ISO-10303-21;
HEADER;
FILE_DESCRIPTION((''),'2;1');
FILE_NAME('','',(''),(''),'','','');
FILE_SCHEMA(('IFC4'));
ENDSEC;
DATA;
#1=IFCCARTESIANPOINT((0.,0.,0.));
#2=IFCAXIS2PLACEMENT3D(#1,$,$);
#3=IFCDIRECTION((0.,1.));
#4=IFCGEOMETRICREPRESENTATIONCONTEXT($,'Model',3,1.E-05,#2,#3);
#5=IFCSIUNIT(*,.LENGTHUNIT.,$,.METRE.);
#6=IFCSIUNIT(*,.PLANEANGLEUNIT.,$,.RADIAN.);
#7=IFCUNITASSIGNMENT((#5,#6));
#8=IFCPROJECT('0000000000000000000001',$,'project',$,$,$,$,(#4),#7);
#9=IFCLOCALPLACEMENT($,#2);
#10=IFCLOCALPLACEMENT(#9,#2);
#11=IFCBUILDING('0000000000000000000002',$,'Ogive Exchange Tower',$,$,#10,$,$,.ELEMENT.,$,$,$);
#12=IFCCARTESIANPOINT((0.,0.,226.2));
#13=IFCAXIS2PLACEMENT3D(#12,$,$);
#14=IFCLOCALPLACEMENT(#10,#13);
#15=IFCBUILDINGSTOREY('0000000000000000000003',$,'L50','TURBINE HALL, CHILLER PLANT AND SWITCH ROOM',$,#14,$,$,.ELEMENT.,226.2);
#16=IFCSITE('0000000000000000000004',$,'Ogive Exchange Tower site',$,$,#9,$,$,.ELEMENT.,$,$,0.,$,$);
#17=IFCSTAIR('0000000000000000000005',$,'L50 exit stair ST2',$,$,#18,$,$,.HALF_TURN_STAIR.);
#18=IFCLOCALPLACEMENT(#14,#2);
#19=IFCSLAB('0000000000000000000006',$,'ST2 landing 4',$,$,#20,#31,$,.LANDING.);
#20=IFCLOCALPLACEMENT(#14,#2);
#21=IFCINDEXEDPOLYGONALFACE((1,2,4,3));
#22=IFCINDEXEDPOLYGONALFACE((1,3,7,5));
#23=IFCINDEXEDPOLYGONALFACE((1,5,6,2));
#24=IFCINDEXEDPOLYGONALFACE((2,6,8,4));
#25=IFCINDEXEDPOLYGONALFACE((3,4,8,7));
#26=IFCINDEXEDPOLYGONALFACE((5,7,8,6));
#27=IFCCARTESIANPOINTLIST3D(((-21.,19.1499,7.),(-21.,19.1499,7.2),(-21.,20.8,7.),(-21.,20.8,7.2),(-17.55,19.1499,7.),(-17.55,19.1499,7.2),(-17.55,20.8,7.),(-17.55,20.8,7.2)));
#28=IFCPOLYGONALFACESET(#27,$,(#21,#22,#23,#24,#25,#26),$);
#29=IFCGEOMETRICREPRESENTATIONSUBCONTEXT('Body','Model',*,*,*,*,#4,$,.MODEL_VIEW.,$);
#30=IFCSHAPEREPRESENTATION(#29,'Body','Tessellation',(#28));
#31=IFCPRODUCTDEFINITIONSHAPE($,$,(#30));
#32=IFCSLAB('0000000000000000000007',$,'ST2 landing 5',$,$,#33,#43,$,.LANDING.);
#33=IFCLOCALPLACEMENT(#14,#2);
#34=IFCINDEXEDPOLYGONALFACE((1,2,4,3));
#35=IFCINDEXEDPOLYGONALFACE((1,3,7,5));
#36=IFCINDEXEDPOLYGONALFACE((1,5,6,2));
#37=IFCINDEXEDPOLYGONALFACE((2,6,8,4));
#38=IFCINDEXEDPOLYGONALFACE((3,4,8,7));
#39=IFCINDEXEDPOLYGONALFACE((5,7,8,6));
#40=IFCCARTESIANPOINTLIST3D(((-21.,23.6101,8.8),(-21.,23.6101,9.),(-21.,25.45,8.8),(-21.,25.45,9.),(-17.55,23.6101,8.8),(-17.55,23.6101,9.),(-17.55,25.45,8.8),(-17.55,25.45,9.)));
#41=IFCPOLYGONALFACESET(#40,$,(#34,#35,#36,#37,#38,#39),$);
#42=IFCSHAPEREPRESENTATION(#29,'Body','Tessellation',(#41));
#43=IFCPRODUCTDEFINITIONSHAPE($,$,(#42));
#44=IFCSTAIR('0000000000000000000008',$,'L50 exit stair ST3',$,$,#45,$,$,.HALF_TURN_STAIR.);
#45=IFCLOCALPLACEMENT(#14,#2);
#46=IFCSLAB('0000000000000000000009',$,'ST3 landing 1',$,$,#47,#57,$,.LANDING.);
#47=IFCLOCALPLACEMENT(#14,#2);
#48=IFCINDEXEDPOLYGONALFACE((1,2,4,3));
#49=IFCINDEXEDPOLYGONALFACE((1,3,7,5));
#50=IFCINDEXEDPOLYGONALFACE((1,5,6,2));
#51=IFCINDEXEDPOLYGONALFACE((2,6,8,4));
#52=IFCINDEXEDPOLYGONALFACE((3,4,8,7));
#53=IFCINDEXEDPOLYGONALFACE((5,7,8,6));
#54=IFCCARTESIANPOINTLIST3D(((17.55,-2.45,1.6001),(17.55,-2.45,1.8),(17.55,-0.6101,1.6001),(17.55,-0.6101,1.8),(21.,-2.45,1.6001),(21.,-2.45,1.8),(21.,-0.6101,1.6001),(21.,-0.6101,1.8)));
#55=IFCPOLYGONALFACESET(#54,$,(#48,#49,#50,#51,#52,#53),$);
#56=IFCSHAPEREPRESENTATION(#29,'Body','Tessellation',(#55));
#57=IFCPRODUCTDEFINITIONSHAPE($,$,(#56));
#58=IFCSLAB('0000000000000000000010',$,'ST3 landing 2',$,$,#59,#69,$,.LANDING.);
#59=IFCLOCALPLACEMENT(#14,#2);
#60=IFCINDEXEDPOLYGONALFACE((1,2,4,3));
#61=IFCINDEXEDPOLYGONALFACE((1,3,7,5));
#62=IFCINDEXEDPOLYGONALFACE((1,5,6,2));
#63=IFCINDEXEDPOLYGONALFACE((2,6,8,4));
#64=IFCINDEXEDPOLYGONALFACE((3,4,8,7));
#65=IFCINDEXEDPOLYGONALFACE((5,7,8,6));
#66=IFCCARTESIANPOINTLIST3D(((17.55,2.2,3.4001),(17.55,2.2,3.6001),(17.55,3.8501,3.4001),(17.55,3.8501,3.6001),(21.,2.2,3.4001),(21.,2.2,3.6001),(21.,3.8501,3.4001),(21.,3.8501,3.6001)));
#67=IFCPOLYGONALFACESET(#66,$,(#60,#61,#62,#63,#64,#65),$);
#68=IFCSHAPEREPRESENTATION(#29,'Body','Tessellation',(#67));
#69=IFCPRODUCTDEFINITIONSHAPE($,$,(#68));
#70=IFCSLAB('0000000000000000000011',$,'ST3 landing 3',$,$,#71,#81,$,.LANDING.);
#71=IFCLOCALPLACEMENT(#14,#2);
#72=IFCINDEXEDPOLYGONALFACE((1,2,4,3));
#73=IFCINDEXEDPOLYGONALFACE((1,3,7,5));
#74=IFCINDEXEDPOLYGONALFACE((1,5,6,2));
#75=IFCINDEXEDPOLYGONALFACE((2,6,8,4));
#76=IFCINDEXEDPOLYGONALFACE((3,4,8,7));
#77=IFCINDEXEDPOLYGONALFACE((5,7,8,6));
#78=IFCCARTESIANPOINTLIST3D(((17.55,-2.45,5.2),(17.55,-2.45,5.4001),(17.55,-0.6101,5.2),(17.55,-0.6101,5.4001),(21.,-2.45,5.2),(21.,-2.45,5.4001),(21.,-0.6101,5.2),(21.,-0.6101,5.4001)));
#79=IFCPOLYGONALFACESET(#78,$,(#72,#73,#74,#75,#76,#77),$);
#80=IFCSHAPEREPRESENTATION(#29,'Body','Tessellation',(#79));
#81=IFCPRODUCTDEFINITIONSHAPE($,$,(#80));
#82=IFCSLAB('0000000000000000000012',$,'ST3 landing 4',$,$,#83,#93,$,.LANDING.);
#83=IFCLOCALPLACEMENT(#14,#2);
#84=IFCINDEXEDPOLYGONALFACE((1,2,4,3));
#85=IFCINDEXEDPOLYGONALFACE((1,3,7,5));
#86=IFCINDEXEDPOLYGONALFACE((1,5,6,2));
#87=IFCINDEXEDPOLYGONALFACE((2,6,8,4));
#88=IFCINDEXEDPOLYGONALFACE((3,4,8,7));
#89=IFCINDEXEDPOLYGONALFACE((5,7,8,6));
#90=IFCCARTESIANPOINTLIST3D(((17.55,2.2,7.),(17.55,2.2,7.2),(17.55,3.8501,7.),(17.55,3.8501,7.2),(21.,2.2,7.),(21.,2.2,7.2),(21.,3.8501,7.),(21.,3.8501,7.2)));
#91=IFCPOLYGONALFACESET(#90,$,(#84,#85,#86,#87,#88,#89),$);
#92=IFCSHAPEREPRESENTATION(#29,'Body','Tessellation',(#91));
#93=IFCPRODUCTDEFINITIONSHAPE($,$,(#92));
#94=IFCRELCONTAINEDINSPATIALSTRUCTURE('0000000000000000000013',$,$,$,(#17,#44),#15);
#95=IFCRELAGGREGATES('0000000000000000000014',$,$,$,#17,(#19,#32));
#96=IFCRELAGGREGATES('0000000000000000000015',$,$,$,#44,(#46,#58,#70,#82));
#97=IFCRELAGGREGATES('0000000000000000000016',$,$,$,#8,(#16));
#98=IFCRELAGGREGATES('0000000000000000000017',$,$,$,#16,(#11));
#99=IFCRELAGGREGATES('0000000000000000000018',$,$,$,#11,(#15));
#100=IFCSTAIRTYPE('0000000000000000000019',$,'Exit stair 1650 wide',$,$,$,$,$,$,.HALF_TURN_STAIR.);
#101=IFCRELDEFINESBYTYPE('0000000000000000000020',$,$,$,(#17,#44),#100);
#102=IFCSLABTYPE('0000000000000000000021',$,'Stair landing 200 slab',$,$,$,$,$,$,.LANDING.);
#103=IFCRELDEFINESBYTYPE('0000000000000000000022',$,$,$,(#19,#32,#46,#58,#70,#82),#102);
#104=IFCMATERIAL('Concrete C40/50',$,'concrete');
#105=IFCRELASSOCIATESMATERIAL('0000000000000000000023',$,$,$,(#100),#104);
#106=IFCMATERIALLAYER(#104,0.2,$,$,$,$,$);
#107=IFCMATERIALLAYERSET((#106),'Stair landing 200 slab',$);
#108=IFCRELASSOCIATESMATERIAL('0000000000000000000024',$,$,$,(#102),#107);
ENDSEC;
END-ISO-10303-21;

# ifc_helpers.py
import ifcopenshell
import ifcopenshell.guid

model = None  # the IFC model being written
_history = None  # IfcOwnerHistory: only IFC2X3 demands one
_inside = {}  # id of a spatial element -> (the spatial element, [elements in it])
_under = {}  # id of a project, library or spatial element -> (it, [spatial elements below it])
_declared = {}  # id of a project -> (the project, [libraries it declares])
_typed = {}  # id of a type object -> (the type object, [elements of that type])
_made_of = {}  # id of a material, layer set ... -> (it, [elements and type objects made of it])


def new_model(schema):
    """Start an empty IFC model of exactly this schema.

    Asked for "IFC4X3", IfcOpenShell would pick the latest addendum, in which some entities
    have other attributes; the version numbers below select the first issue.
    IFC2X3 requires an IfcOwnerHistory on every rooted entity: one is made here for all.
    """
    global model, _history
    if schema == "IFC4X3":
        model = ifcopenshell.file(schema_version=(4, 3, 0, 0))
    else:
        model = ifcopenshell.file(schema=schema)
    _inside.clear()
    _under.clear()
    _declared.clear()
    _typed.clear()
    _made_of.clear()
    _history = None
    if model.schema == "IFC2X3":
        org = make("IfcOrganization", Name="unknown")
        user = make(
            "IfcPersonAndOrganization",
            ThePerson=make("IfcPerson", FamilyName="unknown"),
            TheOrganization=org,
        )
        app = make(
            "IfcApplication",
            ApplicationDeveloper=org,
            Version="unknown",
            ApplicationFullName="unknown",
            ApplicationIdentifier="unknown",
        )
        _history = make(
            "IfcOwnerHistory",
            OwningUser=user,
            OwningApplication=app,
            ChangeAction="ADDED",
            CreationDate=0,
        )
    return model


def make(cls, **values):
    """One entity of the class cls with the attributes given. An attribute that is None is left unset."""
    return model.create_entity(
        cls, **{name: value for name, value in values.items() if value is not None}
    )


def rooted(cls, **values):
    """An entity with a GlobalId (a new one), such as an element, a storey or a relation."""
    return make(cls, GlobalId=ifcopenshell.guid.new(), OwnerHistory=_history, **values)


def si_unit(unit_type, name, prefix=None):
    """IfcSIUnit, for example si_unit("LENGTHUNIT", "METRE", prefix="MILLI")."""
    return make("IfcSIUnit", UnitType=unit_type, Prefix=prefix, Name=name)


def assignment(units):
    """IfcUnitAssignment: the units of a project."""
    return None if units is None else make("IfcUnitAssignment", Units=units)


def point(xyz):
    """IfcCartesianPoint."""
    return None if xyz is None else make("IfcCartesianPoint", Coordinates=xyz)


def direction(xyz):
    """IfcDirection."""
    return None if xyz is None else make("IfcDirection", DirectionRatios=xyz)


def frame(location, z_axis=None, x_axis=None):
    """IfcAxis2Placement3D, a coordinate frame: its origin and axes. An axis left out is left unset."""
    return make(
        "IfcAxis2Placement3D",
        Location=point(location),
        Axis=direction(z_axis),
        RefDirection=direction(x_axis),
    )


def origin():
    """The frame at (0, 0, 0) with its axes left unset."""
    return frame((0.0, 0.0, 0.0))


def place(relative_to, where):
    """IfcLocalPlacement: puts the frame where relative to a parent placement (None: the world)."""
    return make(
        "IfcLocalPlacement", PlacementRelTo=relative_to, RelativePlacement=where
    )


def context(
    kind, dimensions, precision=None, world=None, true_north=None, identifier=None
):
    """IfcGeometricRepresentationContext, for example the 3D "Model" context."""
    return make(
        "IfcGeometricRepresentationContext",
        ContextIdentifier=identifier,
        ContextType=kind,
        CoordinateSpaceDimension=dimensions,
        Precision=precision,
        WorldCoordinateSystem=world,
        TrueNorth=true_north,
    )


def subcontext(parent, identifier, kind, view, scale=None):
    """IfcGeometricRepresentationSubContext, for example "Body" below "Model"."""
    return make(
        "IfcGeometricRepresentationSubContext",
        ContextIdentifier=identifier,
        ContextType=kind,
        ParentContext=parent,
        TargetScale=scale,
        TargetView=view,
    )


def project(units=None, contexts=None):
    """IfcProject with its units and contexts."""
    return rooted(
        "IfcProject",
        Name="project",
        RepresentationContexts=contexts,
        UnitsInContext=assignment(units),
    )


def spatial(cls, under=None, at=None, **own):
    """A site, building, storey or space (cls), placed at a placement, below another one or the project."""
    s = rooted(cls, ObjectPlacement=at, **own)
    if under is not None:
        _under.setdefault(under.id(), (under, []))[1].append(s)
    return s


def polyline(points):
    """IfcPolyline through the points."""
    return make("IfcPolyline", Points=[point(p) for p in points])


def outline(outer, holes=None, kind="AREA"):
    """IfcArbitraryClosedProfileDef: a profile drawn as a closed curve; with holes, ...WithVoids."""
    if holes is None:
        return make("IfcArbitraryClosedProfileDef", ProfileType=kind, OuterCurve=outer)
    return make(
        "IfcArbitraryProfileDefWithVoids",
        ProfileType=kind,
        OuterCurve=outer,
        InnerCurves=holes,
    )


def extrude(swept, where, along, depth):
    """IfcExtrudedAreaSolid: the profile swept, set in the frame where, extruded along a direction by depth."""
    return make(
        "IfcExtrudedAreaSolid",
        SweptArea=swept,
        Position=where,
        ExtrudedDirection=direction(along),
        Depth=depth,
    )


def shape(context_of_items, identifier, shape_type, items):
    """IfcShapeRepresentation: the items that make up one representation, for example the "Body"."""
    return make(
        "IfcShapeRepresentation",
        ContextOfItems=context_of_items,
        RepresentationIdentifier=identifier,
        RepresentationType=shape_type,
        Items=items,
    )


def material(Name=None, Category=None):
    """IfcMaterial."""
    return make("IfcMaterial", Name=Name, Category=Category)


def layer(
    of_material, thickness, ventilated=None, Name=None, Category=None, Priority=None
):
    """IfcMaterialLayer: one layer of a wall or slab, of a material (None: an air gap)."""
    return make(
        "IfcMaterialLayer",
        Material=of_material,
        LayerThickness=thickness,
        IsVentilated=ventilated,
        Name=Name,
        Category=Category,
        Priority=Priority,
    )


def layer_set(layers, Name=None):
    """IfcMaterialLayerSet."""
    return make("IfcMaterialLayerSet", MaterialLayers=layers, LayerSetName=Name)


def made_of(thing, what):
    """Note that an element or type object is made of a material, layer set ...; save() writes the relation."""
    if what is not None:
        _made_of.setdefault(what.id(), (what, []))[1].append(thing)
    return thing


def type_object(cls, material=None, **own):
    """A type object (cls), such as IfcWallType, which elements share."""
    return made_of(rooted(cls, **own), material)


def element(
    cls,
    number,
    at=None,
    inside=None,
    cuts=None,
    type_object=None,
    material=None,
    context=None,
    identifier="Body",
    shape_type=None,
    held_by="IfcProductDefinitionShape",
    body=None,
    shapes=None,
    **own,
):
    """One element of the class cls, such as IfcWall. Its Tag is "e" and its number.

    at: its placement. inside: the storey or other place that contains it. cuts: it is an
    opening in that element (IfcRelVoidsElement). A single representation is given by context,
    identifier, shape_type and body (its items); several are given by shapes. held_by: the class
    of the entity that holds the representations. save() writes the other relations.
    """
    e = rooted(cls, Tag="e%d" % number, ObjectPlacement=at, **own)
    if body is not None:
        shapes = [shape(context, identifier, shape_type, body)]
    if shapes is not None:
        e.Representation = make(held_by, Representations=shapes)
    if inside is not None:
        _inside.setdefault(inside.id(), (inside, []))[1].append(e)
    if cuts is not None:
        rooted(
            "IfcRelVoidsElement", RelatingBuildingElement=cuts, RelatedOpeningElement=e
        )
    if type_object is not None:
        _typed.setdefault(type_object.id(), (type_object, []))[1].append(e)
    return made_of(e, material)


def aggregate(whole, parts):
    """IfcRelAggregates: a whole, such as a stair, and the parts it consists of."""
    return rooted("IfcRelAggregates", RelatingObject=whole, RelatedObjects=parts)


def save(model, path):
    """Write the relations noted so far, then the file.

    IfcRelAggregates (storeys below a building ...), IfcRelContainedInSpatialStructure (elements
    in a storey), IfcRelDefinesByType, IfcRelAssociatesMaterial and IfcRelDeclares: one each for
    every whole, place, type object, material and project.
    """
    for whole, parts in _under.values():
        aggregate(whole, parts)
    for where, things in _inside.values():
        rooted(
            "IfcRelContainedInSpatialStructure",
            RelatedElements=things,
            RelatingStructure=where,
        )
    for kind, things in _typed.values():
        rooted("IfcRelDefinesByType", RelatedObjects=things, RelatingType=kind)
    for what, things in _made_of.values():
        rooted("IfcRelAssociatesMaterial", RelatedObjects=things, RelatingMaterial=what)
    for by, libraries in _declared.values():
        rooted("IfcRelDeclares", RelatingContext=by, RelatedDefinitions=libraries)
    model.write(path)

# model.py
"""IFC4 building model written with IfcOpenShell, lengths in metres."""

from ifc_helpers import new_model, si_unit, direction, frame, origin, place, context, subcontext, project, spatial, polyline, outline, extrude, material, layer, layer_set, type_object, element, aggregate, save


model = new_model("IFC4")

# Units and contexts
model_context = context("Model", 3, precision=1e-05, world=origin(), true_north=direction((0.0, 1.0)))
body_context = subcontext(model_context, "Body", "Model", "MODEL_VIEW")
ifc_project = project(units=[si_unit("LENGTHUNIT", "METRE"), si_unit("PLANEANGLEUNIT", "RADIAN")], contexts=[model_context])

# Site, building, storey
site_placement = place(None, origin())
site = spatial("IfcSite", under=ifc_project, at=site_placement, Name="Ogive Exchange Tower site", CompositionType="ELEMENT", RefElevation=0.0)
building_placement = place(site_placement, origin())
building = spatial("IfcBuilding", under=site, at=building_placement, Name="Ogive Exchange Tower", CompositionType="ELEMENT")
storey_placement = place(building_placement, frame((0.0, 0.0, 226.2)))
storey = spatial("IfcBuildingStorey", under=building, at=storey_placement, Name="L50", Description="TURBINE HALL, CHILLER PLANT AND SWITCH ROOM", CompositionType="ELEMENT", Elevation=226.2)

# Stairs, slabs
ifc_material_1 = material(Name="Concrete C40/50", Category="concrete")
stair_type = type_object("IfcStairType", Name="Exit stair 1650 wide", PredefinedType="HALF_TURN_STAIR", material=ifc_material_1)
ifc_layer_1 = layer(ifc_material_1, 0.2)
ifc_layer_set_1 = layer_set([ifc_layer_1], Name="Stair landing 200 slab")
slab_type_1 = type_object("IfcSlabType", Name="Stair landing 200 slab", PredefinedType="LANDING", material=ifc_layer_set_1)
stair_1_placement = place(storey_placement, origin())
stair_1 = element("IfcStair", 1, at=stair_1_placement, inside=storey, type_object=stair_type, Name="L50 exit stair ST2", PredefinedType="HALF_TURN_STAIR")
slab_1_placement = place(storey_placement, frame((0.0, 0.0, 7.0)))
slab_1 = element("IfcSlab", 2, at=slab_1_placement, type_object=slab_type_1, Name="ST2 landing 4", PredefinedType="LANDING", context=body_context, shape_type="SweptSolid", body=[
    extrude(outline(polyline([(-17.55, 19.1499), (-17.55, 20.8), (-21.0, 20.8), (-21.0, 19.1499), (-17.55, 19.1499)])), origin(), (0.0, 0.0, 1.0), 0.2),
])
slab_2_placement = place(storey_placement, frame((0.0, 0.0, 8.8)))
slab_2 = element("IfcSlab", 3, at=slab_2_placement, type_object=slab_type_1, Name="ST2 landing 5", PredefinedType="LANDING", context=body_context, shape_type="SweptSolid", body=[
    extrude(outline(polyline([(-17.55, 23.6101), (-17.55, 25.45), (-21.0, 25.45), (-21.0, 23.6101), (-17.55, 23.6101)])), origin(), (0.0, 0.0, 1.0), 0.2),
])
aggregate(stair_1, [slab_1, slab_2])
stair_2_placement = place(storey_placement, origin())
stair_2 = element("IfcStair", 4, at=stair_2_placement, inside=storey, type_object=stair_type, Name="L50 exit stair ST3", PredefinedType="HALF_TURN_STAIR")
slab_3_placement = place(storey_placement, frame((0.0, 0.0, 1.6001)))
slab_3 = element("IfcSlab", 5, at=slab_3_placement, type_object=slab_type_1, Name="ST3 landing 1", PredefinedType="LANDING", context=body_context, shape_type="SweptSolid", body=[
    extrude(outline(polyline([(17.55, -0.6101), (17.55, -2.45), (21.0, -2.45), (21.0, -0.6101), (17.55, -0.6101)])), origin(), (0.0, 0.0, 1.0), 0.2),
])
slab_4_placement = place(storey_placement, frame((0.0, 0.0, 3.4001)))
slab_4 = element("IfcSlab", 6, at=slab_4_placement, type_object=slab_type_1, Name="ST3 landing 2", PredefinedType="LANDING", context=body_context, shape_type="SweptSolid", body=[
    extrude(outline(polyline([(17.55, 3.8501), (17.55, 2.2), (21.0, 2.2), (21.0, 3.8501), (17.55, 3.8501)])), origin(), (0.0, 0.0, 1.0), 0.2),
])
slab_5_placement = place(storey_placement, frame((0.0, 0.0, 5.2)))
slab_5 = element("IfcSlab", 7, at=slab_5_placement, type_object=slab_type_1, Name="ST3 landing 3", PredefinedType="LANDING", context=body_context, shape_type="SweptSolid", body=[
    extrude(outline(polyline([(17.55, -0.6101), (17.55, -2.45), (21.0, -2.45), (21.0, -0.6101), (17.55, -0.6101)])), origin(), (0.0, 0.0, 1.0), 0.2002),
])
slab_6_placement = place(storey_placement, frame((0.0, 0.0, 7.0)))
slab_6 = element("IfcSlab", 8, at=slab_6_placement, type_object=slab_type_1, Name="ST3 landing 4", PredefinedType="LANDING", context=body_context, shape_type="SweptSolid", body=[
    extrude(outline(polyline([(17.55, 3.8501), (17.55, 2.2), (21.0, 2.2), (21.0, 3.8501), (17.55, 3.8501)])), origin(), (0.0, 0.0, 1.0), 0.2),
])
aggregate(stair_2, [slab_3, slab_4, slab_5, slab_6])

save(model, "model.ifc")
